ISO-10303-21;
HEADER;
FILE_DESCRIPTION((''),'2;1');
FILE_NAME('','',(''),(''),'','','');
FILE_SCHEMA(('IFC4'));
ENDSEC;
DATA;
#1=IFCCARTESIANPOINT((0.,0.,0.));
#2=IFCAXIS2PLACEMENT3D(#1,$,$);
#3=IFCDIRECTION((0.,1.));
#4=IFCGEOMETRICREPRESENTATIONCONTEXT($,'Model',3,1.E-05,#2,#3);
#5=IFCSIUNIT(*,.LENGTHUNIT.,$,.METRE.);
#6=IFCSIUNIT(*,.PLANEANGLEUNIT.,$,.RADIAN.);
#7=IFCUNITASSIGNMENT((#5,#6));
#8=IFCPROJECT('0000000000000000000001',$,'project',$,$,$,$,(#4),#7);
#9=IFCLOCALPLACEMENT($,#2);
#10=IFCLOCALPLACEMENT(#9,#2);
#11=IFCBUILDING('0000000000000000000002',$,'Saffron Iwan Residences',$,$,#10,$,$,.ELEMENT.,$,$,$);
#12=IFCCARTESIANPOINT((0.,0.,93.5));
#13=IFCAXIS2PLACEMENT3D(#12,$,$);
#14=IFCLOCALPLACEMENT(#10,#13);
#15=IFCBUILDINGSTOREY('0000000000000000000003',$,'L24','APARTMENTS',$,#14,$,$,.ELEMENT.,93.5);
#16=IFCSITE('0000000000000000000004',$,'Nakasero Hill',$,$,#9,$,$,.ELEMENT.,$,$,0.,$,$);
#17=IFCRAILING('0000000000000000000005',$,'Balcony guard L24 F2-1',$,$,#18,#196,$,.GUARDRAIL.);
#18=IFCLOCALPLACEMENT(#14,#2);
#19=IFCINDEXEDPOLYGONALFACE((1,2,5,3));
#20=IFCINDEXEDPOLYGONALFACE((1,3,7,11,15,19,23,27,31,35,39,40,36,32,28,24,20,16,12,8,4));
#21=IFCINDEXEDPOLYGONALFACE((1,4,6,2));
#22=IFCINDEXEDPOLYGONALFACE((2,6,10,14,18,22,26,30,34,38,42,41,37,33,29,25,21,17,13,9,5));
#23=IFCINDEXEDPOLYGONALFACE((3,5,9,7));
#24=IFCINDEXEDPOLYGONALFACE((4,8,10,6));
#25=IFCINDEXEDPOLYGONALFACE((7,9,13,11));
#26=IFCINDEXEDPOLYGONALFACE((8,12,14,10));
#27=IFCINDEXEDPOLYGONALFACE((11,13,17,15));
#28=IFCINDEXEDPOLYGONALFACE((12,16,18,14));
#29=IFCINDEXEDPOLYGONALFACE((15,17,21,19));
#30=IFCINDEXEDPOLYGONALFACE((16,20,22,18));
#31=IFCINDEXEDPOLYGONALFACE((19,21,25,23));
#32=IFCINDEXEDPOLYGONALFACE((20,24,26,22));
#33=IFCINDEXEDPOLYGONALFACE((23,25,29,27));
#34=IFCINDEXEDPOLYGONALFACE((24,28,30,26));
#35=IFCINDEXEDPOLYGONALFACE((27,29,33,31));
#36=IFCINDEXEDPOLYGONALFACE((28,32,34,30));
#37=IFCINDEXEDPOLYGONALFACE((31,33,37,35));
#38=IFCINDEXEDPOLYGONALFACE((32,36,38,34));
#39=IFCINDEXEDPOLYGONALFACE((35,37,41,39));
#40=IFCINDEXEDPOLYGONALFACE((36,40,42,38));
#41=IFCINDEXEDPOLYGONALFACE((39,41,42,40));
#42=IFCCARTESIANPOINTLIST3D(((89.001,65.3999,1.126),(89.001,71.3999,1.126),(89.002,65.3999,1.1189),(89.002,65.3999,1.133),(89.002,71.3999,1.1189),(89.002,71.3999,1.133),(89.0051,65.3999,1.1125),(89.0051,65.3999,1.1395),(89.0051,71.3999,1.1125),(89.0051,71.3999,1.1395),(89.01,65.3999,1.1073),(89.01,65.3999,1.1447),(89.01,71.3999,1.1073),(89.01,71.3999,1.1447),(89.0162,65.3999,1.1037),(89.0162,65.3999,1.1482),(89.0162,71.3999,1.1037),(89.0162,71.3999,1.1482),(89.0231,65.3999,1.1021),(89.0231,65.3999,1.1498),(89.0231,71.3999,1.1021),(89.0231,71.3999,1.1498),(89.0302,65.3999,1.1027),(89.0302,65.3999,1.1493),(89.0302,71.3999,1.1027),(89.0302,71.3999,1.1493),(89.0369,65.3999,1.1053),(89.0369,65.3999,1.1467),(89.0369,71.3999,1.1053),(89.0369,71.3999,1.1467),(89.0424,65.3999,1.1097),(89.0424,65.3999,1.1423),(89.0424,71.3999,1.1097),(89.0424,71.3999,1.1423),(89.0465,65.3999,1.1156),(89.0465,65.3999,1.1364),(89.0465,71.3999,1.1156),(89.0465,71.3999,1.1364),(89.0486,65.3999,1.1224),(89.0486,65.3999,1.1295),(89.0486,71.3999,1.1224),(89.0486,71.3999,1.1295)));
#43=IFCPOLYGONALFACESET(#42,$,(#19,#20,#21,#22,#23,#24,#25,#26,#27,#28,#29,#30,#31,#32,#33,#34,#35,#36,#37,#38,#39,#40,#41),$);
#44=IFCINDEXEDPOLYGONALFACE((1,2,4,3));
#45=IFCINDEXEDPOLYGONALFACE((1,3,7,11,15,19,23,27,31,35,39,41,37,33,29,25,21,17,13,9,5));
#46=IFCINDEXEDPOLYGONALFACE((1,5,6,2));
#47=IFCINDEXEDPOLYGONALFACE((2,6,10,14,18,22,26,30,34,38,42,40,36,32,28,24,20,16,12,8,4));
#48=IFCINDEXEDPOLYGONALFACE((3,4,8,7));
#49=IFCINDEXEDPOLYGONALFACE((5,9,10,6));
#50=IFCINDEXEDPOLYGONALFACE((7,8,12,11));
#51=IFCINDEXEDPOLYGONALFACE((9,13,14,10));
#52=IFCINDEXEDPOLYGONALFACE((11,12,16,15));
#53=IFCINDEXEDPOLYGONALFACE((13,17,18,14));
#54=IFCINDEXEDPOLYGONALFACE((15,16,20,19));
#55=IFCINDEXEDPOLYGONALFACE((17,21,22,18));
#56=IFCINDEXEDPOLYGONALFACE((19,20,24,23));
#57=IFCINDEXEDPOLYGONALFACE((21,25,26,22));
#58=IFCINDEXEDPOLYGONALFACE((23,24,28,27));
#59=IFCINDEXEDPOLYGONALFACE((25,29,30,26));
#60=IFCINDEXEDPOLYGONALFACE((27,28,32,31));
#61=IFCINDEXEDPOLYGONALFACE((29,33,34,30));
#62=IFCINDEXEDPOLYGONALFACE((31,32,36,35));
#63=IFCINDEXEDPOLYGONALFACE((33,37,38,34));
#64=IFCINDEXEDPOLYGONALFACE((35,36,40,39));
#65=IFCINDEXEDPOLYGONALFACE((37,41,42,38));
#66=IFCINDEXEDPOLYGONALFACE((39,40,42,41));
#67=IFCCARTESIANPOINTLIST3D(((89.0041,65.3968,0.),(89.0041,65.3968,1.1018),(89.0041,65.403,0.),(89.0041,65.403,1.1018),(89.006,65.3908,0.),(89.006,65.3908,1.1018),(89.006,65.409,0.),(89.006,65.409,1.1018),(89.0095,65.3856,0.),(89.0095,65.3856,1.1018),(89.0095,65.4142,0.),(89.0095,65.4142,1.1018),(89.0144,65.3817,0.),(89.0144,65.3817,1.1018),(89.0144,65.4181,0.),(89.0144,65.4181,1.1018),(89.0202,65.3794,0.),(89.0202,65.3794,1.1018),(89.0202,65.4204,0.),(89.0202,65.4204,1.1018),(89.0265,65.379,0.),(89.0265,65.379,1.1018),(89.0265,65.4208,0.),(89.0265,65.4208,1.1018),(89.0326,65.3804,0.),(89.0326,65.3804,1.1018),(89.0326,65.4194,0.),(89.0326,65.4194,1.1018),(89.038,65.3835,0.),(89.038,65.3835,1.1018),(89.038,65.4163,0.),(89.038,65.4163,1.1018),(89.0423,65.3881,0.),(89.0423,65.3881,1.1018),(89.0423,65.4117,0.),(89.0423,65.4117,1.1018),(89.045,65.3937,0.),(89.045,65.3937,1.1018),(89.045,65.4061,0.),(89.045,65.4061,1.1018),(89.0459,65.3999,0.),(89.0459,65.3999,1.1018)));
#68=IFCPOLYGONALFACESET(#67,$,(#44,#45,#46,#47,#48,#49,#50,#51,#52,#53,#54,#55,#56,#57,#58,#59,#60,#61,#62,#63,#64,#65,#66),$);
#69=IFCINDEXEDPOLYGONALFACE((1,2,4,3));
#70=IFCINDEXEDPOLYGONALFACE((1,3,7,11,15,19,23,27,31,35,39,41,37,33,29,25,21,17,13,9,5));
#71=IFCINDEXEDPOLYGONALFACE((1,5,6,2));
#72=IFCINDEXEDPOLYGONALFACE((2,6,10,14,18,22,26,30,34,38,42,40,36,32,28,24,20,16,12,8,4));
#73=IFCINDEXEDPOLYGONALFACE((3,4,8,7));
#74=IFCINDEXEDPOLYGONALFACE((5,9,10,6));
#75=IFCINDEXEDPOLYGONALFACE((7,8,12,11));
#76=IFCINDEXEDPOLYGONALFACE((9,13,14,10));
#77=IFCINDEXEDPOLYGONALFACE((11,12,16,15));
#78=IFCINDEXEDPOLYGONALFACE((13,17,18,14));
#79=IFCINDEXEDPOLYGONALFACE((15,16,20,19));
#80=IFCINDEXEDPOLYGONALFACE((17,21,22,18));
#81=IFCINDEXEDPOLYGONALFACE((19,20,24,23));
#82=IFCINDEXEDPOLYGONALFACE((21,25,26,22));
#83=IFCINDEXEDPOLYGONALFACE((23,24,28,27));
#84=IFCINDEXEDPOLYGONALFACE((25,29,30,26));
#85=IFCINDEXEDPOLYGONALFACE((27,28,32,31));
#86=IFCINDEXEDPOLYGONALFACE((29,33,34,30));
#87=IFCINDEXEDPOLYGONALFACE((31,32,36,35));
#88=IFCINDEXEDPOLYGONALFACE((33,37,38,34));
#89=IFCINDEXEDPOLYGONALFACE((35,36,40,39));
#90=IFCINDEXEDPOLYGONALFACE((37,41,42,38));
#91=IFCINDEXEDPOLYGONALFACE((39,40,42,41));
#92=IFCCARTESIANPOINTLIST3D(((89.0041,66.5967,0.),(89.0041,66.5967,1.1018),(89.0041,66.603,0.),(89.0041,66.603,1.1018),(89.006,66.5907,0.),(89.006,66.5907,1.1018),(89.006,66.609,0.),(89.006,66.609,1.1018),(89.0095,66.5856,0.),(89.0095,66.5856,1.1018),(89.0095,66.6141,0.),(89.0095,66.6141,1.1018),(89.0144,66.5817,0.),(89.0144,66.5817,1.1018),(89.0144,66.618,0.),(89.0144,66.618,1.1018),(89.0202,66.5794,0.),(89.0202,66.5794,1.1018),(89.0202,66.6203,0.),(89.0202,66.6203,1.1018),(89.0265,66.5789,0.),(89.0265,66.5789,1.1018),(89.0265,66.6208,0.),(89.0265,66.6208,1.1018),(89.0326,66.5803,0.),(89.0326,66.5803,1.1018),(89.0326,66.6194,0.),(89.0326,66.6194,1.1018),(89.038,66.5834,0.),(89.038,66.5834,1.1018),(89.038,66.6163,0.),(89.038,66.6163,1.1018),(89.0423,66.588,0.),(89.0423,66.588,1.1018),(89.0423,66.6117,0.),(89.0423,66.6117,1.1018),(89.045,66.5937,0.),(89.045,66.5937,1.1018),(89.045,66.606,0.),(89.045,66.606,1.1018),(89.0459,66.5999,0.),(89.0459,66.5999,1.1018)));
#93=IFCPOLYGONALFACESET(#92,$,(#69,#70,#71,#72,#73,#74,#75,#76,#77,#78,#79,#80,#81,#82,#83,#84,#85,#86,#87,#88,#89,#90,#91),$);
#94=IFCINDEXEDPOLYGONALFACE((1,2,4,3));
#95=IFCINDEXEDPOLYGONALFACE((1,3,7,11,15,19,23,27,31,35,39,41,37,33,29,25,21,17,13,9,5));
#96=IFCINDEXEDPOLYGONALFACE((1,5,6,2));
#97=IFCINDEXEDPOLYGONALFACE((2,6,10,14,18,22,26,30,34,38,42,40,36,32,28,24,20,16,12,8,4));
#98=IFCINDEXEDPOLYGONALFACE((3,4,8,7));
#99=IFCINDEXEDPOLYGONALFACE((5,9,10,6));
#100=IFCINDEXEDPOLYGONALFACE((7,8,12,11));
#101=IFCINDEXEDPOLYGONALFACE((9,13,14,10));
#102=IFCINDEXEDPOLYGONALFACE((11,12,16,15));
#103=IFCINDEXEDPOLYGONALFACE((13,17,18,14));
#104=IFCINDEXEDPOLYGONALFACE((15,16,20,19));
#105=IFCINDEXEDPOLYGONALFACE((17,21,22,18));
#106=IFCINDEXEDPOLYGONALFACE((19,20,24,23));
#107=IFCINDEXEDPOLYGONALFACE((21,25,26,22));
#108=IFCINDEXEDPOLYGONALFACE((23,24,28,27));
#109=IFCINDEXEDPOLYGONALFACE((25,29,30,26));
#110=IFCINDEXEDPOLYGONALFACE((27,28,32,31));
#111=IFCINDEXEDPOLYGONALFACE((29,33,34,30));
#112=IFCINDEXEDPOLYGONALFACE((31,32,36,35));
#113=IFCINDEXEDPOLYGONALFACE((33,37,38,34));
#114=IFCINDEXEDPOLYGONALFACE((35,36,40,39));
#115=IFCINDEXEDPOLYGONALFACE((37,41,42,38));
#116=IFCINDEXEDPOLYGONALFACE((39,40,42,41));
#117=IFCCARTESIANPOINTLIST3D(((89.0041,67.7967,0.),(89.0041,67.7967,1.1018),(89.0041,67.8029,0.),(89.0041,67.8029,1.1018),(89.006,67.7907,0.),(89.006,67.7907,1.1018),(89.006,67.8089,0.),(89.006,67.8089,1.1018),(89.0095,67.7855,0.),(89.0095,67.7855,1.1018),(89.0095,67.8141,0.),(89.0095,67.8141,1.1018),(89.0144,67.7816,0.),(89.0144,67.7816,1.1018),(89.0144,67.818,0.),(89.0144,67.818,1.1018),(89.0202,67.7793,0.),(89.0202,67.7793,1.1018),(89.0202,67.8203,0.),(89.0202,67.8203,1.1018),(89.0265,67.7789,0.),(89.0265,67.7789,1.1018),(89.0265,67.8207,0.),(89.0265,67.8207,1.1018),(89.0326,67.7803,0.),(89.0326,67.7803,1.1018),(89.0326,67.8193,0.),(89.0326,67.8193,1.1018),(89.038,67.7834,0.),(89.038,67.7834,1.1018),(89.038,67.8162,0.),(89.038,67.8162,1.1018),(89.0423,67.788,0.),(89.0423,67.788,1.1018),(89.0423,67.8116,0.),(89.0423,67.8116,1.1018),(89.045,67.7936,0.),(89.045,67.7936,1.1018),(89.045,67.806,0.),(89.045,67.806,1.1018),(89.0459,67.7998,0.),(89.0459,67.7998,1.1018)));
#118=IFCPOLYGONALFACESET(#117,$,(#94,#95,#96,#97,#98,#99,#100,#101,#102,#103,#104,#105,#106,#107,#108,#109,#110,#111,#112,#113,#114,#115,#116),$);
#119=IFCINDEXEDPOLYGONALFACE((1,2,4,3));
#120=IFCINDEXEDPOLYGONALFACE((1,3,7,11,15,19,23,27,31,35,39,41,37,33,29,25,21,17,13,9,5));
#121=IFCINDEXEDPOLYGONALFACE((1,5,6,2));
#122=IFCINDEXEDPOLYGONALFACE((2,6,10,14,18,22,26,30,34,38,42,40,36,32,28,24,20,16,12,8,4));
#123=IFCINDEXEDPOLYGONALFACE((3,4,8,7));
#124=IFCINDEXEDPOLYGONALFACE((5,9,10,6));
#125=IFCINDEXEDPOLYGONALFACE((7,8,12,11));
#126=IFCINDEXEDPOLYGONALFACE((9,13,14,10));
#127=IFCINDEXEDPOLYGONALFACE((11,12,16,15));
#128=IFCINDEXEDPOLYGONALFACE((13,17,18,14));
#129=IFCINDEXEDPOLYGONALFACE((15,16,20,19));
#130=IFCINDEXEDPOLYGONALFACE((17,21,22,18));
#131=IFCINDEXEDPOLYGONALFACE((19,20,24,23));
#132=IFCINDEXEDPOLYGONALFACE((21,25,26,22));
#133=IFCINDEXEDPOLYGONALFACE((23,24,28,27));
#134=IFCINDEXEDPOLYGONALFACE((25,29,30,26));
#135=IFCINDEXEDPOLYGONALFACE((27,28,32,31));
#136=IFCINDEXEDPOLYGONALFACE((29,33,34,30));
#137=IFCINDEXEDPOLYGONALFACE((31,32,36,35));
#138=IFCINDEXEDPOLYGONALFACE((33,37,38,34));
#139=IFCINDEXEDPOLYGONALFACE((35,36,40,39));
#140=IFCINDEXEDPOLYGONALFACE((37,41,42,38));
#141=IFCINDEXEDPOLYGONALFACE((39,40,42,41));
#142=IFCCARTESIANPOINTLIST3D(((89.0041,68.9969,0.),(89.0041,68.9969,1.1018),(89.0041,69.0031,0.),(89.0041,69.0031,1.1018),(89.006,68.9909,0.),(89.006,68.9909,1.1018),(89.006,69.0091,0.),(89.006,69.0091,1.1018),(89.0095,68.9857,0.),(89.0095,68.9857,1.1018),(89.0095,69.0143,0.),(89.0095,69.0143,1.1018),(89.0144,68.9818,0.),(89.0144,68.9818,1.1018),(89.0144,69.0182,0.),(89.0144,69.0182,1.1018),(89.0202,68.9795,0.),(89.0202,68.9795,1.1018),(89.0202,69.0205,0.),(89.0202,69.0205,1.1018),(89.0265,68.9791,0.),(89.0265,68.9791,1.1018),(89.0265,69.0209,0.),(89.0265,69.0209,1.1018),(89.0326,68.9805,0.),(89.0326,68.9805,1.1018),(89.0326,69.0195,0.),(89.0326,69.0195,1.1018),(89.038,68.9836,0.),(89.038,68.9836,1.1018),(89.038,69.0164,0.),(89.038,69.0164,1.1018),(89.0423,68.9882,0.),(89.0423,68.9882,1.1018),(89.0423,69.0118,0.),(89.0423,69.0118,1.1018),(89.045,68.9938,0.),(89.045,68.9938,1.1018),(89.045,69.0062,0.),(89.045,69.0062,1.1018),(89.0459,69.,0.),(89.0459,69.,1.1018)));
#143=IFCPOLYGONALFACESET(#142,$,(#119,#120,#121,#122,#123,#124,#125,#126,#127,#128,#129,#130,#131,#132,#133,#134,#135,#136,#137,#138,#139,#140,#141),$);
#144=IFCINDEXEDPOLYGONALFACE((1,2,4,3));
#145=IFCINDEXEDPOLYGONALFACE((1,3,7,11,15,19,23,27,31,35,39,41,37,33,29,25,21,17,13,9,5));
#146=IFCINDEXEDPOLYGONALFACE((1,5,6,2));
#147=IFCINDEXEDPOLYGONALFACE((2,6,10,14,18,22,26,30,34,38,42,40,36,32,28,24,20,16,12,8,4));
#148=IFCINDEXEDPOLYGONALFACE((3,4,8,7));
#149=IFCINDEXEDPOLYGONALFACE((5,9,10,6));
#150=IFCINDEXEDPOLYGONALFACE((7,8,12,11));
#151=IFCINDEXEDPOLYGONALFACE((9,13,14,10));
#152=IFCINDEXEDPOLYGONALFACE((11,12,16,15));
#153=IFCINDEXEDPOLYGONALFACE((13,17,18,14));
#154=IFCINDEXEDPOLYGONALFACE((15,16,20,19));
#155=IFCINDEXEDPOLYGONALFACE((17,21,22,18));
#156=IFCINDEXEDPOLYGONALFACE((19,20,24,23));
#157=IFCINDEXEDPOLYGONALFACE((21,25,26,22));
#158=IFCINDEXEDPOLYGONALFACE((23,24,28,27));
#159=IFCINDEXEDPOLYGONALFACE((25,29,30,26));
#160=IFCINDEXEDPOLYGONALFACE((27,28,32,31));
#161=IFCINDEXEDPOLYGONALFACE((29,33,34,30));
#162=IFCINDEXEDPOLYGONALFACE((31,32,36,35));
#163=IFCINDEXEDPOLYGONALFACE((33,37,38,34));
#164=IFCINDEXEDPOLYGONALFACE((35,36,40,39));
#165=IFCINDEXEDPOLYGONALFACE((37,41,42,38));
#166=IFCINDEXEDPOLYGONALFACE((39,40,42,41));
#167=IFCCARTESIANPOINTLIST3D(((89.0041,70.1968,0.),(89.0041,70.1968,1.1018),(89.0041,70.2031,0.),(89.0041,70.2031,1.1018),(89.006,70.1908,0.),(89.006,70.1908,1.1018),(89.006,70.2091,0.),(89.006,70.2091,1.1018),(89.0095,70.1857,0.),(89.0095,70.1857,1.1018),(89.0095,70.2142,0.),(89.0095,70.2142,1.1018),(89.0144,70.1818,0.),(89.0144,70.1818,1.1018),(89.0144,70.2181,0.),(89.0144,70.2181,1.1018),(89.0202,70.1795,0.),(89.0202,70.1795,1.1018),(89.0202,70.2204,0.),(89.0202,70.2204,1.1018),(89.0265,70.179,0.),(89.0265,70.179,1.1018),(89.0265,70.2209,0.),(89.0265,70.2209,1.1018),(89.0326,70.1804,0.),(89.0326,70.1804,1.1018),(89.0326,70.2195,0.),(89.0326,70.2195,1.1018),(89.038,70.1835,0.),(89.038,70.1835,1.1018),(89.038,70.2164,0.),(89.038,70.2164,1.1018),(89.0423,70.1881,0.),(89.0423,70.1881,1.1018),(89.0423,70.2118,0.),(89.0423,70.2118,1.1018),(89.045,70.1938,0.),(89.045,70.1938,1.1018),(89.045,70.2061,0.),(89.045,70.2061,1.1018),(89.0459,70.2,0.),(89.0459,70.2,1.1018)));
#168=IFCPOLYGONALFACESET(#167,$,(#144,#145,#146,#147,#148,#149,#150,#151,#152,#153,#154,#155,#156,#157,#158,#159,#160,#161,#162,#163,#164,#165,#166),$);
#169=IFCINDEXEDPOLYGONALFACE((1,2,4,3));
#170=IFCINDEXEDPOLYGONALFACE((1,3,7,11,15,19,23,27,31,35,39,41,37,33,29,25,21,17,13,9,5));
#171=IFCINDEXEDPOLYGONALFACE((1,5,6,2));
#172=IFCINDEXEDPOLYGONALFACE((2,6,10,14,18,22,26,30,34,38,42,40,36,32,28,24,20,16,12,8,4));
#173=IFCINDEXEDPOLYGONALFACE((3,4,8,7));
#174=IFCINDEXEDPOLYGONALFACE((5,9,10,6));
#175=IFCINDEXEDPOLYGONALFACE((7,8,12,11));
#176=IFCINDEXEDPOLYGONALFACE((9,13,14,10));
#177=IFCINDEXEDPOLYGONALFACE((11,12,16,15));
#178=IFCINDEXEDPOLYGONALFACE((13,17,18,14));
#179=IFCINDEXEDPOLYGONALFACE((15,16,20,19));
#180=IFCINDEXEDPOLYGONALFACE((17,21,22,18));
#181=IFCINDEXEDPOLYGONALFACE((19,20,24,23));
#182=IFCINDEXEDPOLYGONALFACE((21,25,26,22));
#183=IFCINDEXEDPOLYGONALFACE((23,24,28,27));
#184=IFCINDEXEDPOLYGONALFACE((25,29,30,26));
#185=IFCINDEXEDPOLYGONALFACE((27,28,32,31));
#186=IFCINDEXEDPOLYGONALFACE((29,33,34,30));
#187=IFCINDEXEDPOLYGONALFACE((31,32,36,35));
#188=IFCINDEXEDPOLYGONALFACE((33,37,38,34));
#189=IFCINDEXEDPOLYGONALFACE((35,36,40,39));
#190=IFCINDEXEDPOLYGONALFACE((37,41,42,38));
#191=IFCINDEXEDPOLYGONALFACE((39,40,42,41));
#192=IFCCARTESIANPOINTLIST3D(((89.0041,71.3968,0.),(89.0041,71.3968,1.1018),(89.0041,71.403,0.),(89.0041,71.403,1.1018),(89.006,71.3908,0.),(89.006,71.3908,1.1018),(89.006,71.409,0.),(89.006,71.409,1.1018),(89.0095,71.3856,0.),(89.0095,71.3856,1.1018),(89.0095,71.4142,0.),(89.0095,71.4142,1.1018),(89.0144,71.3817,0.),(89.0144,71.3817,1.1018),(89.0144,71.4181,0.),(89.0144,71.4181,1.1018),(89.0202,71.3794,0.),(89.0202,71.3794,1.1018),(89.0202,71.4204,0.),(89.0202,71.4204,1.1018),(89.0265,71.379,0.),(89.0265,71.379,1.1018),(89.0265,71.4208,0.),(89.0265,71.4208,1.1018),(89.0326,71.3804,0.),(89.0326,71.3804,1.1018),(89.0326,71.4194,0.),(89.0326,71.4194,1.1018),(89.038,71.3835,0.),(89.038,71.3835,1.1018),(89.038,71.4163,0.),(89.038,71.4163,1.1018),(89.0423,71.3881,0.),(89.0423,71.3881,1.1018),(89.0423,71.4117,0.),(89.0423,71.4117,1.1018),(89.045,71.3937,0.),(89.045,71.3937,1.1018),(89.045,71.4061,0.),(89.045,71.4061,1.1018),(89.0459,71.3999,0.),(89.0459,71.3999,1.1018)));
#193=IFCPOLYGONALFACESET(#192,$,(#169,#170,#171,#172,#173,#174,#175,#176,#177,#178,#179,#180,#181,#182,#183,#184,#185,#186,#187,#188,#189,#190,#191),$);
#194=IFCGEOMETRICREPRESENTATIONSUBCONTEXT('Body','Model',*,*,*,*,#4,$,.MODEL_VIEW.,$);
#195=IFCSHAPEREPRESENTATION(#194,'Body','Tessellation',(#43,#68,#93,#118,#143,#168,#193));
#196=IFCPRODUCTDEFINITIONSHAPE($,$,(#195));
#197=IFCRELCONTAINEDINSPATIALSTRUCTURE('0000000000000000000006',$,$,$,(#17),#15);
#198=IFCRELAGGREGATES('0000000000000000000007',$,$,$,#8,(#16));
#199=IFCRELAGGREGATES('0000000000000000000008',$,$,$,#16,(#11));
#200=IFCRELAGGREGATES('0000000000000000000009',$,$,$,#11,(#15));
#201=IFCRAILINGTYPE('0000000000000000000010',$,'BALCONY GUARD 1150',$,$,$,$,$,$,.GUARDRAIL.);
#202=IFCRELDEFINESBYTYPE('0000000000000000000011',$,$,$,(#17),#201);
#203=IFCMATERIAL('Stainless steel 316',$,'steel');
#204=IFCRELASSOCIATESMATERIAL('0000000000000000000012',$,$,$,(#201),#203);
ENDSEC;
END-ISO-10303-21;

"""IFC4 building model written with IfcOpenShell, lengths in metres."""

from ifc_helpers import new_model, si_unit, direction, frame, origin, origin_2d, place, context, subcontext, project, spatial, circle, extrude, material, type_object, element, save


model = new_model("IFC4")

# Units and contexts
model_context = context("Model", 3, precision=1e-05, world=origin(), true_north=direction((0.0, 1.0)))
body_context = subcontext(model_context, "Body", "Model", "MODEL_VIEW")
ifc_project = project(units=[si_unit("LENGTHUNIT", "METRE"), si_unit("PLANEANGLEUNIT", "RADIAN")], contexts=[model_context])

# Site, building, storey
site_placement = place(None, origin())
site = spatial("IfcSite", under=ifc_project, at=site_placement, Name="Nakasero Hill", CompositionType="ELEMENT", RefElevation=0.0)
building_placement = place(site_placement, origin())
building = spatial("IfcBuilding", under=site, at=building_placement, Name="Saffron Iwan Residences", CompositionType="ELEMENT")
storey_placement = place(building_placement, frame((0.0, 0.0, 93.5)))
storey = spatial("IfcBuildingStorey", under=building, at=storey_placement, Name="L24", Description="APARTMENTS", CompositionType="ELEMENT", Elevation=93.5)

# Railing
ifc_material_1 = material(Name="Stainless steel 316", Category="steel")
railing_type = type_object("IfcRailingType", Name="BALCONY GUARD 1150", PredefinedType="GUARDRAIL", material=ifc_material_1)
railing_placement = place(storey_placement, frame((89.0249, 65.3999, 0.0)))
element("IfcRailing", 1, at=railing_placement, inside=storey, type_object=railing_type, Name="Balcony guard L24 F2-1", PredefinedType="GUARDRAIL", context=body_context, shape_type="SweptSolid", body=[
    extrude(circle(Radius=0.0239, at=origin_2d()), frame((0.0, 0.0, 1.126), z_axis=(0.0, 1.0, 0.0), x_axis=(-1.0, 0.0, 0.0)), (0.0, 0.0, 1.0), 6.0),
    extrude(circle(Radius=0.021, at=origin_2d()), origin(), (0.0, 0.0, 1.0), 1.1018),
    extrude(circle(Radius=0.021, at=origin_2d()), frame((0.0, 1.2, 0.0)), (0.0, 0.0, 1.0), 1.1018),
    extrude(circle(Radius=0.021, at=origin_2d()), frame((0.0, 2.3999, 0.0)), (0.0, 0.0, 1.0), 1.1018),
    extrude(circle(Radius=0.021, at=origin_2d()), frame((0.0, 3.6001, 0.0)), (0.0, 0.0, 1.0), 1.1018),
    extrude(circle(Radius=0.021, at=origin_2d()), frame((0.0, 4.8, 0.0)), (0.0, 0.0, 1.0), 1.1018),
    extrude(circle(Radius=0.021, at=origin_2d()), frame((0.0, 6.0, 0.0)), (0.0, 0.0, 1.0), 1.1018),
])

save(model, "model.ifc")
